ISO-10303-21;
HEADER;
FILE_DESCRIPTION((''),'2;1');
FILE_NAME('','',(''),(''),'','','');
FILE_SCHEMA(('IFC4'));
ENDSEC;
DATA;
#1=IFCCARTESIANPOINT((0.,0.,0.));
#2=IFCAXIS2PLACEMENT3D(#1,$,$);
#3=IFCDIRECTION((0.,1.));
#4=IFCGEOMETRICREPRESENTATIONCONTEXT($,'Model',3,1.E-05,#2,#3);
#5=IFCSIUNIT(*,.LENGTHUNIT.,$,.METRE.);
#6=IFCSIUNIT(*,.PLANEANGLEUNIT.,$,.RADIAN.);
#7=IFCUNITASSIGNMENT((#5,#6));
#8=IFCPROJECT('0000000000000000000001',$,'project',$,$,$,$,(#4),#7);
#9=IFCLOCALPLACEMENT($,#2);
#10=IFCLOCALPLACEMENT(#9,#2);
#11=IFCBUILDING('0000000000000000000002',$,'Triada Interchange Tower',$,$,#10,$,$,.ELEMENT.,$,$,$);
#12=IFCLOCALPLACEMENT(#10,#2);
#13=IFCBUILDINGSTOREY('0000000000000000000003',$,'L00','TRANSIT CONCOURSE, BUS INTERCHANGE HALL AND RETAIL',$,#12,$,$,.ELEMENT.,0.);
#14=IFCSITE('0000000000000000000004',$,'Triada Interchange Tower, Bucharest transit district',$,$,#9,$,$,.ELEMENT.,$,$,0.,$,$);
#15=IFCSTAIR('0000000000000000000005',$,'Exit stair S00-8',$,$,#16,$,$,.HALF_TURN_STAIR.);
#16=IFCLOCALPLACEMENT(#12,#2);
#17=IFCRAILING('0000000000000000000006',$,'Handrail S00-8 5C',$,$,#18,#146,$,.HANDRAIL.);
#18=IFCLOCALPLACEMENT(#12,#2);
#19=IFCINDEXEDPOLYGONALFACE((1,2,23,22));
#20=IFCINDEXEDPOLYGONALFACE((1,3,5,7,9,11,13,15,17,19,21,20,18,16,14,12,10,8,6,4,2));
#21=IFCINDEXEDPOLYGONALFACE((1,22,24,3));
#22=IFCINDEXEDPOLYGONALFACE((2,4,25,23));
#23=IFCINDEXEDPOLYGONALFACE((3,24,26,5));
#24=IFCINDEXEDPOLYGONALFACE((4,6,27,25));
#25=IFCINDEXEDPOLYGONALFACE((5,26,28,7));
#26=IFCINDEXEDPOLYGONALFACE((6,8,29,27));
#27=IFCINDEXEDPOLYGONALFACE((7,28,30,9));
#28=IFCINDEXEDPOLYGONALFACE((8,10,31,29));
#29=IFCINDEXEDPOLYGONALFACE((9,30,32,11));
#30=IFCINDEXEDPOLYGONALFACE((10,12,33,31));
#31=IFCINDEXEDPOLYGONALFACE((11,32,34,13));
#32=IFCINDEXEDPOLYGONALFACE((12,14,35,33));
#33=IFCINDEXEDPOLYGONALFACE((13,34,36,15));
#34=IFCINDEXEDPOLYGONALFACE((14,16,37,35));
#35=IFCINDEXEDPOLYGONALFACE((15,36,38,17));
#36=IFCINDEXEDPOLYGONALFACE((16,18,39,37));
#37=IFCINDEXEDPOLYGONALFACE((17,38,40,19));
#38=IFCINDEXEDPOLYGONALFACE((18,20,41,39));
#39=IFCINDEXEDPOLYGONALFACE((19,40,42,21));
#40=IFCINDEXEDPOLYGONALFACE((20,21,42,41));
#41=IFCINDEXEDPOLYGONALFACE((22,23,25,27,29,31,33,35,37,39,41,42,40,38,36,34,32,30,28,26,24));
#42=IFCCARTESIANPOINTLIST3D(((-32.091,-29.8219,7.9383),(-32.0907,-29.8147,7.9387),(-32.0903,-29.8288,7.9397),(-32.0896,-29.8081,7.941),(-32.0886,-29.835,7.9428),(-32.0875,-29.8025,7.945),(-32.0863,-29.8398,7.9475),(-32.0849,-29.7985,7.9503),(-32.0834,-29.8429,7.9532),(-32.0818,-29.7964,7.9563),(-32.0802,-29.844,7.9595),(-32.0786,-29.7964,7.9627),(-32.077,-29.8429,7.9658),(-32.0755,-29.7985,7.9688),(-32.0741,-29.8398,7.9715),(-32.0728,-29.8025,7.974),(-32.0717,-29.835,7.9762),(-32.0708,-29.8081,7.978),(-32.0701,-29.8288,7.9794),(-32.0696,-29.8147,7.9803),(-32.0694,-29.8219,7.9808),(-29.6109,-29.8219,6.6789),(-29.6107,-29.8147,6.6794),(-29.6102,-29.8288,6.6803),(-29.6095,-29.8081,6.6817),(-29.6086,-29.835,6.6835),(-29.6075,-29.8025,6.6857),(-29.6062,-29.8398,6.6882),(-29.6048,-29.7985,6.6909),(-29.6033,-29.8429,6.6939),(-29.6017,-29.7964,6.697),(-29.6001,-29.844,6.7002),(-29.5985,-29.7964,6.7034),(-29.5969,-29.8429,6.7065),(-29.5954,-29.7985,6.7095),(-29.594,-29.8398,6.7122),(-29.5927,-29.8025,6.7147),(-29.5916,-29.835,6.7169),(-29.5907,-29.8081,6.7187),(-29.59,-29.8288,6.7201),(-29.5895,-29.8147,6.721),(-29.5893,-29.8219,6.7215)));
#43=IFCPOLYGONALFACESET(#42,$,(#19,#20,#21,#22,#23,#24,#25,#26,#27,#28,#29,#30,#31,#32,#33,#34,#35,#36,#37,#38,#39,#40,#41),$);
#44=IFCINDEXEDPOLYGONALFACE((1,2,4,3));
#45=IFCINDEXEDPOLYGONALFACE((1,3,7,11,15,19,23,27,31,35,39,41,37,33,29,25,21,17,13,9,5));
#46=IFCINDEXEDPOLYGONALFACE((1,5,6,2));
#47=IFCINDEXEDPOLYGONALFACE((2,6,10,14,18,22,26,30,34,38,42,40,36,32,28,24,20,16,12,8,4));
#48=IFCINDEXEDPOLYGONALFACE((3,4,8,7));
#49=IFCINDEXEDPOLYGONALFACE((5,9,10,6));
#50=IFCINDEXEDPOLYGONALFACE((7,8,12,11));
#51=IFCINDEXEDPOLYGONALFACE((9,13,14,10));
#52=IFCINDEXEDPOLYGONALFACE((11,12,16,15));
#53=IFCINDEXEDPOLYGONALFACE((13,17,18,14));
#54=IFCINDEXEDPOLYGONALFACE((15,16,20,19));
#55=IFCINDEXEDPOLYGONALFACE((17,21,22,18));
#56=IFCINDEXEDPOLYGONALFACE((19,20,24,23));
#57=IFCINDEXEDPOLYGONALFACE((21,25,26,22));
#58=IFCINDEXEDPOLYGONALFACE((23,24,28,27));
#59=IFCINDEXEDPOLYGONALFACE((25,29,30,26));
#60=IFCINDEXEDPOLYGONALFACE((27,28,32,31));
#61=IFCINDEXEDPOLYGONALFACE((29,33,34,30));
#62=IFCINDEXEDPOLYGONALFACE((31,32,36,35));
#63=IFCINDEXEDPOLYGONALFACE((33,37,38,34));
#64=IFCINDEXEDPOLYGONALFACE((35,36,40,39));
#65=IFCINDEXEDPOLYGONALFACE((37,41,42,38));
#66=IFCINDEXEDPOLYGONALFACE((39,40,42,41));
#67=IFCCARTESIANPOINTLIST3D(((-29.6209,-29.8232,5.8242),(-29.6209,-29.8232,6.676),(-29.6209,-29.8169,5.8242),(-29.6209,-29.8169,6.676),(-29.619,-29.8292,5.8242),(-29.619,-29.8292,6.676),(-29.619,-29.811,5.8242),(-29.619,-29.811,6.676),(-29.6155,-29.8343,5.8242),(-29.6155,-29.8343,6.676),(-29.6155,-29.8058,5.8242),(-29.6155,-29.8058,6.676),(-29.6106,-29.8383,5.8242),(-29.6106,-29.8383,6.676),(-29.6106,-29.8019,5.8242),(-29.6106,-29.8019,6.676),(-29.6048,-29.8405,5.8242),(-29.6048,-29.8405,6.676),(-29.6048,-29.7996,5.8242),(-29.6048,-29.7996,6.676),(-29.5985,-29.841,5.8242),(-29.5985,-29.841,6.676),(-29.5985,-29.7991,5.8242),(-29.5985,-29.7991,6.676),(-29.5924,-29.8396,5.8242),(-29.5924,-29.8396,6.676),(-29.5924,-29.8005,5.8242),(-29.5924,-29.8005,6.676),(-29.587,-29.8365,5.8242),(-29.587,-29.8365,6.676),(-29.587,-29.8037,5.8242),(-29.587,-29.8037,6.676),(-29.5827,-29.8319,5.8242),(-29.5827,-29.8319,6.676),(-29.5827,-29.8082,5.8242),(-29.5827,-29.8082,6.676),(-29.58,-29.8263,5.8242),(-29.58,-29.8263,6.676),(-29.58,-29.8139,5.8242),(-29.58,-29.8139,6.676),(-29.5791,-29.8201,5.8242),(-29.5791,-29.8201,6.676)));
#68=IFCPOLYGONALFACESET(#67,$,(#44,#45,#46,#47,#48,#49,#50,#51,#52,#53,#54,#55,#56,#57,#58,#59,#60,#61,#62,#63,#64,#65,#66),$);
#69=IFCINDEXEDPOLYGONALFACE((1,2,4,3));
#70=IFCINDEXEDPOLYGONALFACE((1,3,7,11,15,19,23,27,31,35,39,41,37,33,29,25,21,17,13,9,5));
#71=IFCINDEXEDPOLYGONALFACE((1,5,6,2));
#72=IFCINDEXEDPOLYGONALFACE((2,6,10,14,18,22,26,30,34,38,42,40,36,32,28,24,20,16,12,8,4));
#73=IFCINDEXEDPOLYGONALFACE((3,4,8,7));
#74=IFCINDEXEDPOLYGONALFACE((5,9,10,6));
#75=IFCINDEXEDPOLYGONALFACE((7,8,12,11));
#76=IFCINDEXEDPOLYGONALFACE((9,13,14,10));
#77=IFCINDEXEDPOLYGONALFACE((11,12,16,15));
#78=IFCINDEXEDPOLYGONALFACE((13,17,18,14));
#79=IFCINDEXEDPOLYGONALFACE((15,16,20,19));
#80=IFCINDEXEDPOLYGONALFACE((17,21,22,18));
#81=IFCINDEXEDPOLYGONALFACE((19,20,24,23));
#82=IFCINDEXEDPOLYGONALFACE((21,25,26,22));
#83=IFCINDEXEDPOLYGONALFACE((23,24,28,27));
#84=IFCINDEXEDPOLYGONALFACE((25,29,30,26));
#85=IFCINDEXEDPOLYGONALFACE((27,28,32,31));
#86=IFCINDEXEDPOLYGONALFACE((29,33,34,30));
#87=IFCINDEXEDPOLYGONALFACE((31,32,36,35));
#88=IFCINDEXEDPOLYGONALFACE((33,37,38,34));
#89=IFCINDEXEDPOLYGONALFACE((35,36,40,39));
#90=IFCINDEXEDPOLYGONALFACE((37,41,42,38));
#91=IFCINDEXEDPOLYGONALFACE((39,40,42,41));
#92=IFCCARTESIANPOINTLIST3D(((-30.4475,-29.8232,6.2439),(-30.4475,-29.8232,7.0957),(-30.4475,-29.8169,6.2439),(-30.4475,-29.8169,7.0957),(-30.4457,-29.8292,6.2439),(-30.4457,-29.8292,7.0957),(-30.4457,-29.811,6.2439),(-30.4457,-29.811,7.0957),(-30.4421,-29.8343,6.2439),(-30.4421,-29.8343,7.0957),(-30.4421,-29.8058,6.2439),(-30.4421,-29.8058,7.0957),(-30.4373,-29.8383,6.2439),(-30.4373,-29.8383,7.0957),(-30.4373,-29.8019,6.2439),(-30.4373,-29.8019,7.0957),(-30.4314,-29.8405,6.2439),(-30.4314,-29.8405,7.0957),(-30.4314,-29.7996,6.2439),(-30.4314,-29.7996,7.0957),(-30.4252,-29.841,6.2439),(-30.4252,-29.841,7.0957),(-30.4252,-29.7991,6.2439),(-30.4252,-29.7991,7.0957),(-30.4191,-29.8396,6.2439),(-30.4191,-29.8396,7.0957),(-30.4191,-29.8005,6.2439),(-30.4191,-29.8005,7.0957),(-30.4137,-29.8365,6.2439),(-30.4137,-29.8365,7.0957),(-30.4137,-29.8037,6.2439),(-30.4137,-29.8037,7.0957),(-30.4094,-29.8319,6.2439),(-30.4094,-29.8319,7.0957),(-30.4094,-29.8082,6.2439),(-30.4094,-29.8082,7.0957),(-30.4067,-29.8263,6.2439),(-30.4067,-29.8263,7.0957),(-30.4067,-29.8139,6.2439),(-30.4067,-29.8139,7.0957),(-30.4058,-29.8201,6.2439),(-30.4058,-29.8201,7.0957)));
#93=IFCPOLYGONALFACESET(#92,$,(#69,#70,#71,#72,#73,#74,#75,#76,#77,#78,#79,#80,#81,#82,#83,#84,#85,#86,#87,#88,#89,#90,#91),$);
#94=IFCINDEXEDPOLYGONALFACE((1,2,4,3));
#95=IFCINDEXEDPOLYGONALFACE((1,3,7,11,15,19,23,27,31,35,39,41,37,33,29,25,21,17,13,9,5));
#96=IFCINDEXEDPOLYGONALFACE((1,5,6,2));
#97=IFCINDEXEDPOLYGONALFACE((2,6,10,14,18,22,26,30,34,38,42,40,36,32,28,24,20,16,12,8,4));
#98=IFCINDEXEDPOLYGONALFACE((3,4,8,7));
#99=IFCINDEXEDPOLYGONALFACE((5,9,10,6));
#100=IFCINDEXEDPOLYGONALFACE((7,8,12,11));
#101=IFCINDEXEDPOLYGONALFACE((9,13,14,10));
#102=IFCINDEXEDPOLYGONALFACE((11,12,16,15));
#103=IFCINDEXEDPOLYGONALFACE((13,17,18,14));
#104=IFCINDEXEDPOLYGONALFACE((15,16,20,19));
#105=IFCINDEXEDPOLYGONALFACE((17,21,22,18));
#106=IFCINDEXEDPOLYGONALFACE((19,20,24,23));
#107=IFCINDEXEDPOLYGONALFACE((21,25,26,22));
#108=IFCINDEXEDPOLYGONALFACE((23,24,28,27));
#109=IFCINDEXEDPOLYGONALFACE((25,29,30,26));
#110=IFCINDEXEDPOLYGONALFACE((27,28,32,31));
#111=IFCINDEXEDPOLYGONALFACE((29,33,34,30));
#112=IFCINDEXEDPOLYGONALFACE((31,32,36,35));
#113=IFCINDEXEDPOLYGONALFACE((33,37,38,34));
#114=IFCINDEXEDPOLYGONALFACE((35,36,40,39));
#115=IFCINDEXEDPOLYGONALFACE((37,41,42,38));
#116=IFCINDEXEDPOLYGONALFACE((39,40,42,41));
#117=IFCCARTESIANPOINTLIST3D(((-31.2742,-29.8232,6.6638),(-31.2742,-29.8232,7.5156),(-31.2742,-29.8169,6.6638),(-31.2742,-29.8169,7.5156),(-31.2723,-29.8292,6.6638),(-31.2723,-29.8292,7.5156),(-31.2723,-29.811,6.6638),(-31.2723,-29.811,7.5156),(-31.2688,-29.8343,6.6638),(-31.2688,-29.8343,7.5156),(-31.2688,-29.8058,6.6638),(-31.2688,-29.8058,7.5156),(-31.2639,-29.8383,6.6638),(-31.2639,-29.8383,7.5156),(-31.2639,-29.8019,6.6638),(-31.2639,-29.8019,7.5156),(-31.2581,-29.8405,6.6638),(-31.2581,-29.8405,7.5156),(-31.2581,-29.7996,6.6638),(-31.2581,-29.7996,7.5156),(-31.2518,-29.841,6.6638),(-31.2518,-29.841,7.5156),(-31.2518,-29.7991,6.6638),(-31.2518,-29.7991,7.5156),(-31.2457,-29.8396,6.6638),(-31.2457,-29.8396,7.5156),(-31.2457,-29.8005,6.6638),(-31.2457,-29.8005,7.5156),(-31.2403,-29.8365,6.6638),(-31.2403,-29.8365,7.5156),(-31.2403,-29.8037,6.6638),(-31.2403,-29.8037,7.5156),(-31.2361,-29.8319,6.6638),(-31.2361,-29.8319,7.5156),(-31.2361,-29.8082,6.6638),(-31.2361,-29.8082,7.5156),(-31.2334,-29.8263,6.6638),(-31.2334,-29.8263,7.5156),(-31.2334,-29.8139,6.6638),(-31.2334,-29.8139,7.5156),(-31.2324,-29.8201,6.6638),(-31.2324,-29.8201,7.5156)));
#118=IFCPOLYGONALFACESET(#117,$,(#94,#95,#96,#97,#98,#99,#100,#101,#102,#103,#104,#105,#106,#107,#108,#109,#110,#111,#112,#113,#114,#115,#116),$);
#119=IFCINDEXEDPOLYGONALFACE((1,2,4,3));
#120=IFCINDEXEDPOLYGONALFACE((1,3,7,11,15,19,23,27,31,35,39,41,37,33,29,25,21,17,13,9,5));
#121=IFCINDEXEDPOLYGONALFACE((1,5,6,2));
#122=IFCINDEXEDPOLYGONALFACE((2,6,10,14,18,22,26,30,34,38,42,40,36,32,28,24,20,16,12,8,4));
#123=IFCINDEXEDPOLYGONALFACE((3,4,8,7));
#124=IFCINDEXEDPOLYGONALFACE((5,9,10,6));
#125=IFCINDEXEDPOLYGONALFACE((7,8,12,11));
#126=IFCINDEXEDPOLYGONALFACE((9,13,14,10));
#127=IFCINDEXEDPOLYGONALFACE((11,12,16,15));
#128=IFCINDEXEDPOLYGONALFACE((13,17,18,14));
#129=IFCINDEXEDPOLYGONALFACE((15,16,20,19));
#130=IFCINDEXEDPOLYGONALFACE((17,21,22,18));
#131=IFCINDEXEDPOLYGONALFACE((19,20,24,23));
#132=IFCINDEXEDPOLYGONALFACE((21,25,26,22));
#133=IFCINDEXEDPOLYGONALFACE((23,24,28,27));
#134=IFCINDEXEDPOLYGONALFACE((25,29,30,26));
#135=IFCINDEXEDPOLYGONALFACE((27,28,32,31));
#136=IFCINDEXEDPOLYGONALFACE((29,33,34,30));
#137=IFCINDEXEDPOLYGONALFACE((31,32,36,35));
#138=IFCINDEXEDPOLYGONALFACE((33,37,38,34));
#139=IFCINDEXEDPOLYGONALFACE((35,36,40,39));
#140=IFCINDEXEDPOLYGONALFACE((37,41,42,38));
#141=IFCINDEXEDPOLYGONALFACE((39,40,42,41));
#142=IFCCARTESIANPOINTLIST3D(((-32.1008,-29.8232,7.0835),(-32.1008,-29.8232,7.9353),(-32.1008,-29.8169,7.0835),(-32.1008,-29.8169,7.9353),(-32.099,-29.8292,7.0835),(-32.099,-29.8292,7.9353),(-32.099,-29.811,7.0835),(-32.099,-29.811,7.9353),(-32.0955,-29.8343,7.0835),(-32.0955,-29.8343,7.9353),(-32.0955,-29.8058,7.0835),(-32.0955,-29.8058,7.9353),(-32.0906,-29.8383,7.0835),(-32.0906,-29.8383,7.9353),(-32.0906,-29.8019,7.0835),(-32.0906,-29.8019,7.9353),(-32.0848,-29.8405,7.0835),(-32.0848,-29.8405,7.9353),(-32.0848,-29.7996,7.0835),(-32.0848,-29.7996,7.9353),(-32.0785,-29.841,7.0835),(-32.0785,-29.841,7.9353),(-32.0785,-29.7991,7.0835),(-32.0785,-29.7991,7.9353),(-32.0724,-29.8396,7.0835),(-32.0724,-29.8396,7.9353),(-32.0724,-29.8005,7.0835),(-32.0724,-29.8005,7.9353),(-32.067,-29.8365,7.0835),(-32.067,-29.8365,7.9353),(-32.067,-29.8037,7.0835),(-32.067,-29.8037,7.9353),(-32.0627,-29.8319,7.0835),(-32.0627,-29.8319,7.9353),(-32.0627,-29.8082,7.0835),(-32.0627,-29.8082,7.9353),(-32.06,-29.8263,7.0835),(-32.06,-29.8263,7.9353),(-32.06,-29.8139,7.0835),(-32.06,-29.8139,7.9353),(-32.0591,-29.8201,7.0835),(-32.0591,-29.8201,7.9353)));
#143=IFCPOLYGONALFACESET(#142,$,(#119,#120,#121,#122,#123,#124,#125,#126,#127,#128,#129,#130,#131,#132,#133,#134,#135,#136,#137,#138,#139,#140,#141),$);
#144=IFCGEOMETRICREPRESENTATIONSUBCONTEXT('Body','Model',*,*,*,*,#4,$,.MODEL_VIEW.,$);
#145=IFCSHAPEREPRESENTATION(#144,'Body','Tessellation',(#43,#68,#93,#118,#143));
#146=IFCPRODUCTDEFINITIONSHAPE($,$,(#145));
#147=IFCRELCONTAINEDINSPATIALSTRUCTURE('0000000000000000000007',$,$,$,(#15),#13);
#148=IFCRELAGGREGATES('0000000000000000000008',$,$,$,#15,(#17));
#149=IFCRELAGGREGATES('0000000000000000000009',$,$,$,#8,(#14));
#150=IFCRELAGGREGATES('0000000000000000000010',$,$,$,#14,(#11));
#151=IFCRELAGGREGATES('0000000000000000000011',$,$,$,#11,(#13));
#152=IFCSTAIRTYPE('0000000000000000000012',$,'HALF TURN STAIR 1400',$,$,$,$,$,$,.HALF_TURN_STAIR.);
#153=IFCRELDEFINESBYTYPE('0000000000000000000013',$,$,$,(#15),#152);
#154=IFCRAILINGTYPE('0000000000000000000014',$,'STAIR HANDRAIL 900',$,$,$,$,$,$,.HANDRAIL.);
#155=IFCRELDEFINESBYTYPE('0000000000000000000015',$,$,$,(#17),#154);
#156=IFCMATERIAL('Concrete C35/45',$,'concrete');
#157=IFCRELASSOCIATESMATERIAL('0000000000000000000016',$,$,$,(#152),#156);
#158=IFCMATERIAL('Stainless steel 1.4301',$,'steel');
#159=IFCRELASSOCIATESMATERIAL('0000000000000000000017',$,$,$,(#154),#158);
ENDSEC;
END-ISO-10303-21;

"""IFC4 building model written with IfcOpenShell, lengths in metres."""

from ifc_helpers import new_model, si_unit, direction, frame, origin, origin_2d, place, context, subcontext, project, spatial, circle, extrude, material, type_object, element, aggregate, save


model = new_model("IFC4")

# Units and contexts
model_context = context("Model", 3, precision=1e-05, world=origin(), true_north=direction((0.0, 1.0)))
body_context = subcontext(model_context, "Body", "Model", "MODEL_VIEW")
ifc_project = project(units=[si_unit("LENGTHUNIT", "METRE"), si_unit("PLANEANGLEUNIT", "RADIAN")], contexts=[model_context])

# Site, building, storey
site_placement = place(None, origin())
site = spatial("IfcSite", under=ifc_project, at=site_placement, Name="Triada Interchange Tower, Bucharest transit district", CompositionType="ELEMENT", RefElevation=0.0)
building_placement = place(site_placement, origin())
building = spatial("IfcBuilding", under=site, at=building_placement, Name="Triada Interchange Tower", CompositionType="ELEMENT")
storey_placement = place(building_placement, origin())
storey = spatial("IfcBuildingStorey", under=building, at=storey_placement, Name="L00", Description="TRANSIT CONCOURSE, BUS INTERCHANGE HALL AND RETAIL", CompositionType="ELEMENT", Elevation=0.0)

# Shared definitions
ifc_material_1 = material(Name="Concrete C35/45", Category="concrete")

# Stair, railing
stair_type = type_object("IfcStairType", Name="HALF TURN STAIR 1400", PredefinedType="HALF_TURN_STAIR", material=ifc_material_1)
stair_placement = place(storey_placement, origin())
stair = element("IfcStair", 1, at=stair_placement, inside=storey, type_object=stair_type, Name="Exit stair S00-8", PredefinedType="HALF_TURN_STAIR")
ifc_material_2 = material(Name="Stainless steel 1.4301", Category="steel")
railing_type_1 = type_object("IfcRailingType", Name="STAIR HANDRAIL 900", PredefinedType="HANDRAIL", material=ifc_material_2)
railing_1_placement = place(storey_placement, frame((-29.6001, -29.8201, 5.8242)))
railing_1 = element("IfcRailing", 2, at=railing_1_placement, type_object=railing_type_1, Name="Handrail S00-8 5C", PredefinedType="HANDRAIL", context=body_context, shape_type="SweptSolid", body=[
    extrude(circle(Radius=0.0239, at=origin_2d()), frame((0.0, 0.0, 0.876), z_axis=(-0.891636, 0.0, 0.452752), x_axis=(0.0, -1.0, 0.0)), (0.0, 0.0, 1.0), 2.7815),
    extrude(circle(Radius=0.021, at=origin_2d()), origin(), (0.0, 0.0, 1.0), 0.8518),
    extrude(circle(Radius=0.021, at=origin_2d()), frame((-0.8267, 0.0, 0.4197)), (0.0, 0.0, 1.0), 0.8518),
    extrude(circle(Radius=0.021, at=origin_2d()), frame((-1.6533, 0.0, 0.8396)), (0.0, 0.0, 1.0), 0.8518),
    extrude(circle(Radius=0.021, at=origin_2d()), frame((-2.48, 0.0, 1.2593)), (0.0, 0.0, 1.0), 0.8518),
])
aggregate(stair, [railing_1])

save(model, "model.ifc")
